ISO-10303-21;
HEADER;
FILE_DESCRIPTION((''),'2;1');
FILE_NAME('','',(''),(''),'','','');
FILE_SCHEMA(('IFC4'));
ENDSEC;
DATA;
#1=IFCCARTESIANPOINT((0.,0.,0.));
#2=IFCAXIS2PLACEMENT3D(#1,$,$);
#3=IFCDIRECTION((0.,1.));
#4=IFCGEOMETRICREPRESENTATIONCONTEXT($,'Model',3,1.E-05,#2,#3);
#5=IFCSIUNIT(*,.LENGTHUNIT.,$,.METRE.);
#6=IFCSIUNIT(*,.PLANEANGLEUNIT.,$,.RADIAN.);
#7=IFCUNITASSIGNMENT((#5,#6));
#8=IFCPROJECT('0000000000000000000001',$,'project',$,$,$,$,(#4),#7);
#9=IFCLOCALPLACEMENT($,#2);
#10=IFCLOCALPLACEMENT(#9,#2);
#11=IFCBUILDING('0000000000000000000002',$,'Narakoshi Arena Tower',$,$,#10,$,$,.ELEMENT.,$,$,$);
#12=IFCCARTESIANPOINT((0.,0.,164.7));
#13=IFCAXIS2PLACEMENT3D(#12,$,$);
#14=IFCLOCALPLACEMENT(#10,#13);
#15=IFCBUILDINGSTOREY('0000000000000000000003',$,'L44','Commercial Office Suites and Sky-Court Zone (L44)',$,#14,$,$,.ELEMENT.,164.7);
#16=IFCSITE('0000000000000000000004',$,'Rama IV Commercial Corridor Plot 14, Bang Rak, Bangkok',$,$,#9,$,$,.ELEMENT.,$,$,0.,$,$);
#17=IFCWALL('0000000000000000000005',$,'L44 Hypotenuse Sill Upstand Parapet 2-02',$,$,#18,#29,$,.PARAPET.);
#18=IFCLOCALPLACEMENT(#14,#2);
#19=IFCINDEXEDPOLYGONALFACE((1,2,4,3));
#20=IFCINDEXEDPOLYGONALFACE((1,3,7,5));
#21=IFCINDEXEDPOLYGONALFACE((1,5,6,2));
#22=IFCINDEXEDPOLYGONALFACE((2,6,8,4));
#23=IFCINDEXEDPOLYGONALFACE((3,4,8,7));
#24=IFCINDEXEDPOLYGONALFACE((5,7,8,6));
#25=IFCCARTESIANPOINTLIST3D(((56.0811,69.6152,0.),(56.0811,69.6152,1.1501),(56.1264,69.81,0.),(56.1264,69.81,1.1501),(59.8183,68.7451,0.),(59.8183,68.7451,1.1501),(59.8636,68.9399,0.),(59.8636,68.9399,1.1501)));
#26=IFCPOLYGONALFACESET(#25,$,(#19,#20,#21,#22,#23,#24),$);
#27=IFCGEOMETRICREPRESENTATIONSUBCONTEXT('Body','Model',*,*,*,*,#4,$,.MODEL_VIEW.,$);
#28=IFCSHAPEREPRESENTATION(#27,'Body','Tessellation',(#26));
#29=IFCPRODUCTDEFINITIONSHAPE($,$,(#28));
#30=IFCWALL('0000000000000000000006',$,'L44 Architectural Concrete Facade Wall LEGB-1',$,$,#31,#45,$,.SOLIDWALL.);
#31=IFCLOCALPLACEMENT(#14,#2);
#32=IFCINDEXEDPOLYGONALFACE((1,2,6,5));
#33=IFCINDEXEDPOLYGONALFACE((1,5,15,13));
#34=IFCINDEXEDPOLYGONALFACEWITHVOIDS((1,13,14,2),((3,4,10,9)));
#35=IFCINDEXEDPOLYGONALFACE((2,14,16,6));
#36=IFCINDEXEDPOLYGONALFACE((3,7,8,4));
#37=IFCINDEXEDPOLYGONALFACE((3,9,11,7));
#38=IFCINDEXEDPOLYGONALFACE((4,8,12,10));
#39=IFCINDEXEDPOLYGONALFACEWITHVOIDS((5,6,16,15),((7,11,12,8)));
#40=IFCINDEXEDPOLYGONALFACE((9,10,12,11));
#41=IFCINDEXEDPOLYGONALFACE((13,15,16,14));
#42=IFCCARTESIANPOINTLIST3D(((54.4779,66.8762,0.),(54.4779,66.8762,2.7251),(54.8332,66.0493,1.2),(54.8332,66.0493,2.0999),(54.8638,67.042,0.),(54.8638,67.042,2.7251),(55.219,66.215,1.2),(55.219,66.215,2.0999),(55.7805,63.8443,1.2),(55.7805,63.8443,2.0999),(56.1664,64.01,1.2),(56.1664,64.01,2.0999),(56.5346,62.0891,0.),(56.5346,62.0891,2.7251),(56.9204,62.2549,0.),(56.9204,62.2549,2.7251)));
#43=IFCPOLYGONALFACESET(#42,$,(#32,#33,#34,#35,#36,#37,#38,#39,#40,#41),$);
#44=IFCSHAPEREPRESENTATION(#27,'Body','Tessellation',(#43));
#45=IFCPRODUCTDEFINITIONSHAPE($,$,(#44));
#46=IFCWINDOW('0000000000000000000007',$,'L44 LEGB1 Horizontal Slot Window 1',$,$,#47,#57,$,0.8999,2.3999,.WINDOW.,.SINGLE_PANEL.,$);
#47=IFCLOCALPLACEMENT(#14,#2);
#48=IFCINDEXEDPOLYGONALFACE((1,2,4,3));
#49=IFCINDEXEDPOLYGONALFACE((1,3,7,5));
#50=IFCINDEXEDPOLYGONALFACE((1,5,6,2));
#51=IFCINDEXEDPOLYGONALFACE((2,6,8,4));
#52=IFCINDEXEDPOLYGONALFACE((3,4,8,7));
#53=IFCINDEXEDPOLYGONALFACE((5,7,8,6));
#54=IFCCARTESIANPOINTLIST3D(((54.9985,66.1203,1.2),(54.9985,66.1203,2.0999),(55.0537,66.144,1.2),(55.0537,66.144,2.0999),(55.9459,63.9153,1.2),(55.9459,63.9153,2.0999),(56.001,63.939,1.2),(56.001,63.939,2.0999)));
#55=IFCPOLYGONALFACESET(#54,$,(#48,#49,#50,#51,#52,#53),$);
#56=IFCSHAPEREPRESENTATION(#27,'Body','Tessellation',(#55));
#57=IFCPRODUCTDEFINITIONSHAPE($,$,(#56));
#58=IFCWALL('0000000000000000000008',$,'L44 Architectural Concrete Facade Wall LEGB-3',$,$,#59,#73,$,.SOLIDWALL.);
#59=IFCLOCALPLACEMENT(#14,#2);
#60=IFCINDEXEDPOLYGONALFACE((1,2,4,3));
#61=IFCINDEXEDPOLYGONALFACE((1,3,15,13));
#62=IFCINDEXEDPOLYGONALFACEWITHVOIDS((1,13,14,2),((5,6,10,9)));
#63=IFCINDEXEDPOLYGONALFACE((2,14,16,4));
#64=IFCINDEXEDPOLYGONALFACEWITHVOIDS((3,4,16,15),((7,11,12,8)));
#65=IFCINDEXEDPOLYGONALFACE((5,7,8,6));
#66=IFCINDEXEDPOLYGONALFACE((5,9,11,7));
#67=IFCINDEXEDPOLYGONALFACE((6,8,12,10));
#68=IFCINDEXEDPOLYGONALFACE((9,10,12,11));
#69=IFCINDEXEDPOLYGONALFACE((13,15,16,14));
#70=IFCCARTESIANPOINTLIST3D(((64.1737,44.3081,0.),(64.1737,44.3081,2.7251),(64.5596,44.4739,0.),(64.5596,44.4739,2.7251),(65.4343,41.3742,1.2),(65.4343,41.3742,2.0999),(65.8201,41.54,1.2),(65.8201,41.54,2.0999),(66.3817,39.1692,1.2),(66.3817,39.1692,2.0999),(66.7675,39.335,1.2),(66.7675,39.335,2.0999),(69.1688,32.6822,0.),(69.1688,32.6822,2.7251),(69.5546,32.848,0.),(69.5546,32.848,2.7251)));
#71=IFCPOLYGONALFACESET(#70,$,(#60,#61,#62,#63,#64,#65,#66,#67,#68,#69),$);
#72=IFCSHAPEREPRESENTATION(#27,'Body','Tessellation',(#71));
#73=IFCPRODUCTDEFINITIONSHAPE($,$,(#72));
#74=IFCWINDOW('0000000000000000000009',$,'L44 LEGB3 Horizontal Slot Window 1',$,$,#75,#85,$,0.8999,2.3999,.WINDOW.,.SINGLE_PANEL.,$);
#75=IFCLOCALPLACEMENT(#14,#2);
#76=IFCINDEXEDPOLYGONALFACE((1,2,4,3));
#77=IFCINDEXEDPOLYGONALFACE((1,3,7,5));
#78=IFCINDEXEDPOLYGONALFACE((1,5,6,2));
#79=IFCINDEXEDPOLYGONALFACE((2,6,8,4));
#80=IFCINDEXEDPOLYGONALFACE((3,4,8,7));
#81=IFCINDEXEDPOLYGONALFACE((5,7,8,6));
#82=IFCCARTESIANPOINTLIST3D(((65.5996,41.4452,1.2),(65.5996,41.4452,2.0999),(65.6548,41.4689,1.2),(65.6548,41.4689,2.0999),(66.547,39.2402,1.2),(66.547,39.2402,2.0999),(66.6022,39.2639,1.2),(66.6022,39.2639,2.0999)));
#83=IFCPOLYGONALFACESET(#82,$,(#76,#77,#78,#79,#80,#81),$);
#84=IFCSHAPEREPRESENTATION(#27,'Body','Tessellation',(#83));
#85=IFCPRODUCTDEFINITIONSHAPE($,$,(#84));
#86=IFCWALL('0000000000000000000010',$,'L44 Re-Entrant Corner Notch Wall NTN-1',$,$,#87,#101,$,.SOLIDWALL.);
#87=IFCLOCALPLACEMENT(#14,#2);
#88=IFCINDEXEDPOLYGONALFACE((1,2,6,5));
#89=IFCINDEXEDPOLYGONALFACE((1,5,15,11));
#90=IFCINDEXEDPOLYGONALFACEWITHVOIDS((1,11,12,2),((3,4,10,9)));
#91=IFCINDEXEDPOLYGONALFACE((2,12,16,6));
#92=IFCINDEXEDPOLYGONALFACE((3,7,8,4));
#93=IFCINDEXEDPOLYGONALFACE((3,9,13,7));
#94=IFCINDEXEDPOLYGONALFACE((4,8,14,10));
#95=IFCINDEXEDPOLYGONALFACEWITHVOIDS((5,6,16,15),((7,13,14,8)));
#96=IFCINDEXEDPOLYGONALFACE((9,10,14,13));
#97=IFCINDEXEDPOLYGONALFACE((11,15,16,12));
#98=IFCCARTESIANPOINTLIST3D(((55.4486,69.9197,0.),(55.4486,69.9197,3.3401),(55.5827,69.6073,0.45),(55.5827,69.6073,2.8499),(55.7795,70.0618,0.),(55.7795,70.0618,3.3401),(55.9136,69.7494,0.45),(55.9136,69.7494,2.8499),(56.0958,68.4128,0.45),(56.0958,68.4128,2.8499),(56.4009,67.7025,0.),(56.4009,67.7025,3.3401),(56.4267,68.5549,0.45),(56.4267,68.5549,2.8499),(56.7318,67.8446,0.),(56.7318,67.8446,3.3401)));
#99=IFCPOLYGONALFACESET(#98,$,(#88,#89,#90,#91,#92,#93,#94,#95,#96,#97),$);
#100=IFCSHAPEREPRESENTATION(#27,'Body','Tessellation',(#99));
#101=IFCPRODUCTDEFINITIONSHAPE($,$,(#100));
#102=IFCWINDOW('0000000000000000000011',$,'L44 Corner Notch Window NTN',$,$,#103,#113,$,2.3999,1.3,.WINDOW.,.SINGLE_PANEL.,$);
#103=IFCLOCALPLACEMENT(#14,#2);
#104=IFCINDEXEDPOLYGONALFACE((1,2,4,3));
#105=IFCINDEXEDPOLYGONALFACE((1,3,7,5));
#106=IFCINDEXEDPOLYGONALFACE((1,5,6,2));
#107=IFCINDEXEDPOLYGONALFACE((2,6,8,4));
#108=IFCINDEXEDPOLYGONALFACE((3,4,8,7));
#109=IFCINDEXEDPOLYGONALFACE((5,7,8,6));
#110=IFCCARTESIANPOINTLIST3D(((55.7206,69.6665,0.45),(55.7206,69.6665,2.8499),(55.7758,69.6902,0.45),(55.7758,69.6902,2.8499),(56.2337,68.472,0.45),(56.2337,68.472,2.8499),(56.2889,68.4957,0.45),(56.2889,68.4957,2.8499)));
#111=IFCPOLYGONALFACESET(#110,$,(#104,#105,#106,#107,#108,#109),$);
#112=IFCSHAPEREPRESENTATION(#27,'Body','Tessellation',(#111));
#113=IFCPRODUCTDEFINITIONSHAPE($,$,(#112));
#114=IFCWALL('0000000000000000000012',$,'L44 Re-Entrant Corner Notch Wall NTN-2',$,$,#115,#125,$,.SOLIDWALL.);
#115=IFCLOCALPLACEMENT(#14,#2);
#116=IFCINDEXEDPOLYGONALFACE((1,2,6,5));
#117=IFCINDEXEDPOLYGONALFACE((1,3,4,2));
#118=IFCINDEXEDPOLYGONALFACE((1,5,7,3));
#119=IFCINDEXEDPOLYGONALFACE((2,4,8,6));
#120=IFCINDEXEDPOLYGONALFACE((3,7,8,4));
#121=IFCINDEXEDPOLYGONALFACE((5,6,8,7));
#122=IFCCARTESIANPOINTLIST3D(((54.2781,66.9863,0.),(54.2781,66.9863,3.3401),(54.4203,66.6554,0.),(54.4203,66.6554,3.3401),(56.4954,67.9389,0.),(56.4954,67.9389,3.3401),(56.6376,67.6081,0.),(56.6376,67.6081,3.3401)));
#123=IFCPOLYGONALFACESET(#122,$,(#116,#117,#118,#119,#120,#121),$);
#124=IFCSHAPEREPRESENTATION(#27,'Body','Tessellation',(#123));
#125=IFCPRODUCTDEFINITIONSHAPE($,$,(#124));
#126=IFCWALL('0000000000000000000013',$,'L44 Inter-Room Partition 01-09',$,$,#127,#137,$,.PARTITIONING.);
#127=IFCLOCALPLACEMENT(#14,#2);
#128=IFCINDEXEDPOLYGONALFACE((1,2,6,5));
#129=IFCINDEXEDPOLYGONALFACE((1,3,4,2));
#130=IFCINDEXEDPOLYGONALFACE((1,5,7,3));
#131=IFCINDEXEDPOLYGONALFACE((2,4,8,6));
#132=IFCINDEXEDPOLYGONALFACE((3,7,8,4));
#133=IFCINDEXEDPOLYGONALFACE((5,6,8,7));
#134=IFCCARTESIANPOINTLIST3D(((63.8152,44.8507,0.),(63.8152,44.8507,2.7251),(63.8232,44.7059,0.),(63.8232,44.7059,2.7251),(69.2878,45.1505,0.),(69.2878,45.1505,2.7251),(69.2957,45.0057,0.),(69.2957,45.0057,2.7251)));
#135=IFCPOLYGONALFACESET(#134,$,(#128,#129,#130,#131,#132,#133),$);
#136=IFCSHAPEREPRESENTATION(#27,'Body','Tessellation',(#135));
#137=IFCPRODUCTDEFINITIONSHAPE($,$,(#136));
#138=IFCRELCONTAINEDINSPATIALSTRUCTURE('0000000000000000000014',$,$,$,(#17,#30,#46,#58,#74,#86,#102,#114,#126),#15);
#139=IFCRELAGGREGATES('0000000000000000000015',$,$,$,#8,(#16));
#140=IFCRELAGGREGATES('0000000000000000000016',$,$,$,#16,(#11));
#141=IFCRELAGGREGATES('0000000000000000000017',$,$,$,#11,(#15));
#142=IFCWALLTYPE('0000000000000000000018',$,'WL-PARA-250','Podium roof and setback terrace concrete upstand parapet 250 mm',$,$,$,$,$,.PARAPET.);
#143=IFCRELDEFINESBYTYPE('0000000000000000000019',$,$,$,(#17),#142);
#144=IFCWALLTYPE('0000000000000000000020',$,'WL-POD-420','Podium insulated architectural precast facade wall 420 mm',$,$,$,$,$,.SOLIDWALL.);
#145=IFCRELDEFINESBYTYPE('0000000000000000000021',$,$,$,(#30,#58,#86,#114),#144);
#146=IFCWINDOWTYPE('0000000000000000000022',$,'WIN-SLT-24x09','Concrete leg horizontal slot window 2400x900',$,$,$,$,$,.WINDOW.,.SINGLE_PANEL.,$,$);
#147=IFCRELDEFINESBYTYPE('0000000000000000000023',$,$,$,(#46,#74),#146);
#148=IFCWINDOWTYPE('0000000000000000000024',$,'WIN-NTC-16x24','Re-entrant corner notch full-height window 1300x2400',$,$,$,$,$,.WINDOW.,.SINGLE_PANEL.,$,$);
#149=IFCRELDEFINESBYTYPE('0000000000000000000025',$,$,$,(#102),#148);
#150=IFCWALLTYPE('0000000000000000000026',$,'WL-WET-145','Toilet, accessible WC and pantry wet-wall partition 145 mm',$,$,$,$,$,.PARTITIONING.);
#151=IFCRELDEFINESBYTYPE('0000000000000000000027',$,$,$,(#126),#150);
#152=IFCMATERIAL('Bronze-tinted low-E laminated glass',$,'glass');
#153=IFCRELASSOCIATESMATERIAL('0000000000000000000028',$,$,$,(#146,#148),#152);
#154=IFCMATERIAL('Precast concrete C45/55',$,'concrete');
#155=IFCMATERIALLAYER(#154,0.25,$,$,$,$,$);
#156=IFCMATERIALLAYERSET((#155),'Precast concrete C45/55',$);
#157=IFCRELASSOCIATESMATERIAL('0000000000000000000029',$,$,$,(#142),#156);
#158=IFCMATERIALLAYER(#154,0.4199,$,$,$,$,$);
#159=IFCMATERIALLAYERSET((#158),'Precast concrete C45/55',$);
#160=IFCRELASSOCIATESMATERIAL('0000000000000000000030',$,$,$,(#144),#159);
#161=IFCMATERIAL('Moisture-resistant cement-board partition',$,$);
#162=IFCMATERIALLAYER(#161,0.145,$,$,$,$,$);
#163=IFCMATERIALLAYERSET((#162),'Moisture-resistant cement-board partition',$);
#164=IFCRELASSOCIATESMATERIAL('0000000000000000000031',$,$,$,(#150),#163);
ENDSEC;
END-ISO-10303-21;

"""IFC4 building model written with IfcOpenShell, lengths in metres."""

from ifc_helpers import new_model, si_unit, direction, frame, frame_2d, origin, place, context, subcontext, project, spatial, rectangle, extrude, material, layer, layer_set, type_object, element, fill, save


model = new_model("IFC4")

# Units and contexts
model_context = context("Model", 3, precision=1e-05, world=origin(), true_north=direction((0.0, 1.0)))
body_context = subcontext(model_context, "Body", "Model", "MODEL_VIEW")
ifc_project = project(units=[si_unit("LENGTHUNIT", "METRE"), si_unit("PLANEANGLEUNIT", "RADIAN")], contexts=[model_context])

# Site, building, storey
site_placement = place(None, origin())
site = spatial("IfcSite", under=ifc_project, at=site_placement, Name="Rama IV Commercial Corridor Plot 14, Bang Rak, Bangkok", CompositionType="ELEMENT", RefElevation=0.0)
building_placement = place(site_placement, origin())
building = spatial("IfcBuilding", under=site, at=building_placement, Name="Narakoshi Arena Tower", CompositionType="ELEMENT")
storey_placement = place(building_placement, frame((0.0, 0.0, 164.7)))
storey = spatial("IfcBuildingStorey", under=building, at=storey_placement, Name="L44", Description="Commercial Office Suites and Sky-Court Zone (L44)", CompositionType="ELEMENT", Elevation=164.7)

# Shared definitions
ifc_material_1 = material(Name="Bronze-tinted low-E laminated glass", Category="glass")

# Shared definitions
window_type_1 = type_object("IfcWindowType", Name="WIN-SLT-24x09", Description="Concrete leg horizontal slot window 2400x900", PartitioningType="SINGLE_PANEL", PredefinedType="WINDOW", material=ifc_material_1)

# Wall
ifc_material_2 = material(Name="Precast concrete C45/55", Category="concrete")
ifc_layer_1 = layer(ifc_material_2, 0.25)
ifc_layer_set_1 = layer_set([ifc_layer_1], Name="Precast concrete C45/55")
wall_type_1 = type_object("IfcWallType", Name="WL-PARA-250", Description="Podium roof and setback terrace concrete upstand parapet 250 mm", PredefinedType="PARAPET", material=ifc_layer_set_1)
wall_1_placement = place(storey_placement, frame((59.8408, 68.8425, 0.0), z_axis=(0.0, 0.0, 1.0), x_axis=(-0.973952, 0.226755, 0.0)))
element("IfcWall", 1, at=wall_1_placement, inside=storey, type_object=wall_type_1, Name="L44 Hypotenuse Sill Upstand Parapet 2-02", PredefinedType="PARAPET", context=body_context, shape_type="SweptSolid", body=[
    extrude(rectangle(XDim=3.8372, YDim=0.2, at=frame_2d((1.9185, 0.0))), origin(), (0.0, 0.0, 1.0), 1.1501),
])

# Walls, openings, windows
ifc_layer_2 = layer(ifc_material_2, 0.4199)
ifc_layer_set_2 = layer_set([ifc_layer_2], Name="Precast concrete C45/55")
wall_type_2 = type_object("IfcWallType", Name="WL-POD-420", Description="Podium insulated architectural precast facade wall 420 mm", PredefinedType="SOLIDWALL", material=ifc_layer_set_2)
wall_2_placement = place(storey_placement, frame((54.6709, 66.959, 0.0), z_axis=(0.0, 0.0, 1.0), x_axis=(0.394734, -0.918796, 0.0)))
wall_2 = element("IfcWall", 2, at=wall_2_placement, inside=storey, type_object=wall_type_2, Name="L44 Architectural Concrete Facade Wall LEGB-1", PredefinedType="SOLIDWALL", context=body_context, shape_type="SweptSolid", body=[
    extrude(rectangle(XDim=5.2102, YDim=0.4199, at=frame_2d((2.605, 0.0))), origin(), (0.0, 0.0, 1.0), 2.7251),
])
opening_1_placement = place(wall_2_placement, frame((0.8999, 0.0, 1.2)))
opening_1 = element("IfcOpeningElement", 3, at=opening_1_placement, cuts=wall_2, PredefinedType="OPENING", context=body_context, shape_type="SweptSolid", body=[
    extrude(rectangle(XDim=2.3999, YDim=0.8999, at=frame_2d((1.2, 0.45))), frame((0.0, 0.22, 0.0), z_axis=(0.0, -1.0, 0.0), x_axis=(1.0, 0.0, 0.0)), (0.0, 0.0, 1.0), 0.4399),
])
window_1_placement = place(opening_1_placement, origin())
window_1 = element("IfcWindow", 4, at=window_1_placement, inside=storey, type_object=window_type_1, Name="L44 LEGB1 Horizontal Slot Window 1", OverallHeight=0.8999, OverallWidth=2.3999, PartitioningType="SINGLE_PANEL", PredefinedType="WINDOW", context=body_context, shape_type="SweptSolid", body=[
    extrude(rectangle(XDim=2.3999, YDim=0.8999, at=frame_2d((1.2, 0.45))), frame((0.0, 0.03, 0.0), z_axis=(0.0, -1.0, 0.0), x_axis=(1.0, 0.0, 0.0)), (0.0, 0.0, 1.0), 0.0601),
])
fill(opening_1, window_1)
wall_3_placement = place(storey_placement, frame((64.3667, 44.3909, 0.0), z_axis=(0.0, 0.0, 1.0), x_axis=(0.394757, -0.918785, 0.0)))
wall_3 = element("IfcWall", 5, at=wall_3_placement, inside=storey, type_object=wall_type_2, Name="L44 Architectural Concrete Facade Wall LEGB-3", PredefinedType="SOLIDWALL", context=body_context, shape_type="SweptSolid", body=[
    extrude(rectangle(XDim=12.6536, YDim=0.4199, at=frame_2d((6.3267, 0.0))), origin(), (0.0, 0.0, 1.0), 2.7251),
])
opening_2_placement = place(wall_3_placement, frame((3.1931, 0.0, 1.2)))
opening_2 = element("IfcOpeningElement", 6, at=opening_2_placement, cuts=wall_3, PredefinedType="OPENING", context=body_context, shape_type="SweptSolid", body=[
    extrude(rectangle(XDim=2.3999, YDim=0.8999, at=frame_2d((1.2, 0.45))), frame((0.0, 0.22, 0.0), z_axis=(0.0, -1.0, 0.0), x_axis=(1.0, 0.0, 0.0)), (0.0, 0.0, 1.0), 0.4399),
])
window_2_placement = place(opening_2_placement, origin())
window_2 = element("IfcWindow", 7, at=window_2_placement, inside=storey, type_object=window_type_1, Name="L44 LEGB3 Horizontal Slot Window 1", OverallHeight=0.8999, OverallWidth=2.3999, PartitioningType="SINGLE_PANEL", PredefinedType="WINDOW", context=body_context, shape_type="SweptSolid", body=[
    extrude(rectangle(XDim=2.3999, YDim=0.8999, at=frame_2d((1.2, 0.45))), frame((0.0, 0.03, 0.0), z_axis=(0.0, -1.0, 0.0), x_axis=(1.0, 0.0, 0.0)), (0.0, 0.0, 1.0), 0.0601),
])
fill(opening_2, window_2)
wall_4_placement = place(storey_placement, frame((55.614, 69.9907, 0.0), z_axis=(0.0, 0.0, 1.0), x_axis=(0.394664, -0.918826, 0.0)))
wall_4 = element("IfcWall", 8, at=wall_4_placement, inside=storey, type_object=wall_type_2, Name="L44 Re-Entrant Corner Notch Wall NTN-1", PredefinedType="SOLIDWALL", context=body_context, shape_type="SweptSolid", body=[
    extrude(rectangle(XDim=2.4131, YDim=0.3601, at=frame_2d((1.2065, 0.0))), origin(), (0.0, 0.0, 1.0), 3.3401),
])
opening_3_placement = place(wall_4_placement, frame((0.3401, 0.0, 0.45)))
opening_3 = element("IfcOpeningElement", 9, at=opening_3_placement, cuts=wall_4, PredefinedType="OPENING", context=body_context, shape_type="SweptSolid", body=[
    extrude(rectangle(XDim=1.3, YDim=2.3999, at=frame_2d((0.6499, 1.2))), frame((0.0, 0.1899, 0.0), z_axis=(0.0, -1.0, 0.0), x_axis=(1.0, 0.0, 0.0)), (0.0, 0.0, 1.0), 0.3801),
])
window_type_2 = type_object("IfcWindowType", Name="WIN-NTC-16x24", Description="Re-entrant corner notch full-height window 1300x2400", PartitioningType="SINGLE_PANEL", PredefinedType="WINDOW", material=ifc_material_1)
window_3_placement = place(opening_3_placement, origin())
window_3 = element("IfcWindow", 10, at=window_3_placement, inside=storey, type_object=window_type_2, Name="L44 Corner Notch Window NTN", OverallHeight=2.3999, OverallWidth=1.3, PartitioningType="SINGLE_PANEL", PredefinedType="WINDOW", context=body_context, shape_type="SweptSolid", body=[
    extrude(rectangle(XDim=1.3, YDim=2.3999, at=frame_2d((0.6499, 1.2))), frame((0.0, 0.03, 0.0), z_axis=(0.0, -1.0, 0.0), x_axis=(1.0, 0.0, 0.0)), (0.0, 0.0, 1.0), 0.0601),
])
fill(opening_3, window_3)

# Walls
wall_5_placement = place(storey_placement, frame((56.5664, 67.7734, 0.0), z_axis=(0.0, 0.0, 1.0), x_axis=(-0.918789, -0.394749, 0.0)))
element("IfcWall", 11, at=wall_5_placement, inside=storey, type_object=wall_type_2, Name="L44 Re-Entrant Corner Notch Wall NTN-2", PredefinedType="SOLIDWALL", context=body_context, shape_type="SweptSolid", body=[
    extrude(rectangle(XDim=2.4133, YDim=0.3601, at=frame_2d((1.2065, 0.0))), origin(), (0.0, 0.0, 1.0), 3.3401),
])
ifc_material_3 = material(Name="Moisture-resistant cement-board partition")
ifc_layer_3 = layer(ifc_material_3, 0.145)
ifc_layer_set_3 = layer_set([ifc_layer_3], Name="Moisture-resistant cement-board partition")
wall_type_3 = type_object("IfcWallType", Name="WL-WET-145", Description="Toilet, accessible WC and pantry wet-wall partition 145 mm", PredefinedType="PARTITIONING", material=ifc_layer_set_3)
wall_6_placement = place(storey_placement, frame((63.8193, 44.7783, 0.0), z_axis=(0.0, 0.0, 1.0), x_axis=(0.998503, 0.054703, 0.0)))
element("IfcWall", 12, at=wall_6_placement, inside=storey, type_object=wall_type_3, Name="L44 Inter-Room Partition 01-09", PredefinedType="PARTITIONING", context=body_context, shape_type="SweptSolid", body=[
    extrude(rectangle(XDim=5.4807, YDim=0.145, at=frame_2d((2.7402, 0.0))), origin(), (0.0, 0.0, 1.0), 2.7251),
])

save(model, "model.ifc")
